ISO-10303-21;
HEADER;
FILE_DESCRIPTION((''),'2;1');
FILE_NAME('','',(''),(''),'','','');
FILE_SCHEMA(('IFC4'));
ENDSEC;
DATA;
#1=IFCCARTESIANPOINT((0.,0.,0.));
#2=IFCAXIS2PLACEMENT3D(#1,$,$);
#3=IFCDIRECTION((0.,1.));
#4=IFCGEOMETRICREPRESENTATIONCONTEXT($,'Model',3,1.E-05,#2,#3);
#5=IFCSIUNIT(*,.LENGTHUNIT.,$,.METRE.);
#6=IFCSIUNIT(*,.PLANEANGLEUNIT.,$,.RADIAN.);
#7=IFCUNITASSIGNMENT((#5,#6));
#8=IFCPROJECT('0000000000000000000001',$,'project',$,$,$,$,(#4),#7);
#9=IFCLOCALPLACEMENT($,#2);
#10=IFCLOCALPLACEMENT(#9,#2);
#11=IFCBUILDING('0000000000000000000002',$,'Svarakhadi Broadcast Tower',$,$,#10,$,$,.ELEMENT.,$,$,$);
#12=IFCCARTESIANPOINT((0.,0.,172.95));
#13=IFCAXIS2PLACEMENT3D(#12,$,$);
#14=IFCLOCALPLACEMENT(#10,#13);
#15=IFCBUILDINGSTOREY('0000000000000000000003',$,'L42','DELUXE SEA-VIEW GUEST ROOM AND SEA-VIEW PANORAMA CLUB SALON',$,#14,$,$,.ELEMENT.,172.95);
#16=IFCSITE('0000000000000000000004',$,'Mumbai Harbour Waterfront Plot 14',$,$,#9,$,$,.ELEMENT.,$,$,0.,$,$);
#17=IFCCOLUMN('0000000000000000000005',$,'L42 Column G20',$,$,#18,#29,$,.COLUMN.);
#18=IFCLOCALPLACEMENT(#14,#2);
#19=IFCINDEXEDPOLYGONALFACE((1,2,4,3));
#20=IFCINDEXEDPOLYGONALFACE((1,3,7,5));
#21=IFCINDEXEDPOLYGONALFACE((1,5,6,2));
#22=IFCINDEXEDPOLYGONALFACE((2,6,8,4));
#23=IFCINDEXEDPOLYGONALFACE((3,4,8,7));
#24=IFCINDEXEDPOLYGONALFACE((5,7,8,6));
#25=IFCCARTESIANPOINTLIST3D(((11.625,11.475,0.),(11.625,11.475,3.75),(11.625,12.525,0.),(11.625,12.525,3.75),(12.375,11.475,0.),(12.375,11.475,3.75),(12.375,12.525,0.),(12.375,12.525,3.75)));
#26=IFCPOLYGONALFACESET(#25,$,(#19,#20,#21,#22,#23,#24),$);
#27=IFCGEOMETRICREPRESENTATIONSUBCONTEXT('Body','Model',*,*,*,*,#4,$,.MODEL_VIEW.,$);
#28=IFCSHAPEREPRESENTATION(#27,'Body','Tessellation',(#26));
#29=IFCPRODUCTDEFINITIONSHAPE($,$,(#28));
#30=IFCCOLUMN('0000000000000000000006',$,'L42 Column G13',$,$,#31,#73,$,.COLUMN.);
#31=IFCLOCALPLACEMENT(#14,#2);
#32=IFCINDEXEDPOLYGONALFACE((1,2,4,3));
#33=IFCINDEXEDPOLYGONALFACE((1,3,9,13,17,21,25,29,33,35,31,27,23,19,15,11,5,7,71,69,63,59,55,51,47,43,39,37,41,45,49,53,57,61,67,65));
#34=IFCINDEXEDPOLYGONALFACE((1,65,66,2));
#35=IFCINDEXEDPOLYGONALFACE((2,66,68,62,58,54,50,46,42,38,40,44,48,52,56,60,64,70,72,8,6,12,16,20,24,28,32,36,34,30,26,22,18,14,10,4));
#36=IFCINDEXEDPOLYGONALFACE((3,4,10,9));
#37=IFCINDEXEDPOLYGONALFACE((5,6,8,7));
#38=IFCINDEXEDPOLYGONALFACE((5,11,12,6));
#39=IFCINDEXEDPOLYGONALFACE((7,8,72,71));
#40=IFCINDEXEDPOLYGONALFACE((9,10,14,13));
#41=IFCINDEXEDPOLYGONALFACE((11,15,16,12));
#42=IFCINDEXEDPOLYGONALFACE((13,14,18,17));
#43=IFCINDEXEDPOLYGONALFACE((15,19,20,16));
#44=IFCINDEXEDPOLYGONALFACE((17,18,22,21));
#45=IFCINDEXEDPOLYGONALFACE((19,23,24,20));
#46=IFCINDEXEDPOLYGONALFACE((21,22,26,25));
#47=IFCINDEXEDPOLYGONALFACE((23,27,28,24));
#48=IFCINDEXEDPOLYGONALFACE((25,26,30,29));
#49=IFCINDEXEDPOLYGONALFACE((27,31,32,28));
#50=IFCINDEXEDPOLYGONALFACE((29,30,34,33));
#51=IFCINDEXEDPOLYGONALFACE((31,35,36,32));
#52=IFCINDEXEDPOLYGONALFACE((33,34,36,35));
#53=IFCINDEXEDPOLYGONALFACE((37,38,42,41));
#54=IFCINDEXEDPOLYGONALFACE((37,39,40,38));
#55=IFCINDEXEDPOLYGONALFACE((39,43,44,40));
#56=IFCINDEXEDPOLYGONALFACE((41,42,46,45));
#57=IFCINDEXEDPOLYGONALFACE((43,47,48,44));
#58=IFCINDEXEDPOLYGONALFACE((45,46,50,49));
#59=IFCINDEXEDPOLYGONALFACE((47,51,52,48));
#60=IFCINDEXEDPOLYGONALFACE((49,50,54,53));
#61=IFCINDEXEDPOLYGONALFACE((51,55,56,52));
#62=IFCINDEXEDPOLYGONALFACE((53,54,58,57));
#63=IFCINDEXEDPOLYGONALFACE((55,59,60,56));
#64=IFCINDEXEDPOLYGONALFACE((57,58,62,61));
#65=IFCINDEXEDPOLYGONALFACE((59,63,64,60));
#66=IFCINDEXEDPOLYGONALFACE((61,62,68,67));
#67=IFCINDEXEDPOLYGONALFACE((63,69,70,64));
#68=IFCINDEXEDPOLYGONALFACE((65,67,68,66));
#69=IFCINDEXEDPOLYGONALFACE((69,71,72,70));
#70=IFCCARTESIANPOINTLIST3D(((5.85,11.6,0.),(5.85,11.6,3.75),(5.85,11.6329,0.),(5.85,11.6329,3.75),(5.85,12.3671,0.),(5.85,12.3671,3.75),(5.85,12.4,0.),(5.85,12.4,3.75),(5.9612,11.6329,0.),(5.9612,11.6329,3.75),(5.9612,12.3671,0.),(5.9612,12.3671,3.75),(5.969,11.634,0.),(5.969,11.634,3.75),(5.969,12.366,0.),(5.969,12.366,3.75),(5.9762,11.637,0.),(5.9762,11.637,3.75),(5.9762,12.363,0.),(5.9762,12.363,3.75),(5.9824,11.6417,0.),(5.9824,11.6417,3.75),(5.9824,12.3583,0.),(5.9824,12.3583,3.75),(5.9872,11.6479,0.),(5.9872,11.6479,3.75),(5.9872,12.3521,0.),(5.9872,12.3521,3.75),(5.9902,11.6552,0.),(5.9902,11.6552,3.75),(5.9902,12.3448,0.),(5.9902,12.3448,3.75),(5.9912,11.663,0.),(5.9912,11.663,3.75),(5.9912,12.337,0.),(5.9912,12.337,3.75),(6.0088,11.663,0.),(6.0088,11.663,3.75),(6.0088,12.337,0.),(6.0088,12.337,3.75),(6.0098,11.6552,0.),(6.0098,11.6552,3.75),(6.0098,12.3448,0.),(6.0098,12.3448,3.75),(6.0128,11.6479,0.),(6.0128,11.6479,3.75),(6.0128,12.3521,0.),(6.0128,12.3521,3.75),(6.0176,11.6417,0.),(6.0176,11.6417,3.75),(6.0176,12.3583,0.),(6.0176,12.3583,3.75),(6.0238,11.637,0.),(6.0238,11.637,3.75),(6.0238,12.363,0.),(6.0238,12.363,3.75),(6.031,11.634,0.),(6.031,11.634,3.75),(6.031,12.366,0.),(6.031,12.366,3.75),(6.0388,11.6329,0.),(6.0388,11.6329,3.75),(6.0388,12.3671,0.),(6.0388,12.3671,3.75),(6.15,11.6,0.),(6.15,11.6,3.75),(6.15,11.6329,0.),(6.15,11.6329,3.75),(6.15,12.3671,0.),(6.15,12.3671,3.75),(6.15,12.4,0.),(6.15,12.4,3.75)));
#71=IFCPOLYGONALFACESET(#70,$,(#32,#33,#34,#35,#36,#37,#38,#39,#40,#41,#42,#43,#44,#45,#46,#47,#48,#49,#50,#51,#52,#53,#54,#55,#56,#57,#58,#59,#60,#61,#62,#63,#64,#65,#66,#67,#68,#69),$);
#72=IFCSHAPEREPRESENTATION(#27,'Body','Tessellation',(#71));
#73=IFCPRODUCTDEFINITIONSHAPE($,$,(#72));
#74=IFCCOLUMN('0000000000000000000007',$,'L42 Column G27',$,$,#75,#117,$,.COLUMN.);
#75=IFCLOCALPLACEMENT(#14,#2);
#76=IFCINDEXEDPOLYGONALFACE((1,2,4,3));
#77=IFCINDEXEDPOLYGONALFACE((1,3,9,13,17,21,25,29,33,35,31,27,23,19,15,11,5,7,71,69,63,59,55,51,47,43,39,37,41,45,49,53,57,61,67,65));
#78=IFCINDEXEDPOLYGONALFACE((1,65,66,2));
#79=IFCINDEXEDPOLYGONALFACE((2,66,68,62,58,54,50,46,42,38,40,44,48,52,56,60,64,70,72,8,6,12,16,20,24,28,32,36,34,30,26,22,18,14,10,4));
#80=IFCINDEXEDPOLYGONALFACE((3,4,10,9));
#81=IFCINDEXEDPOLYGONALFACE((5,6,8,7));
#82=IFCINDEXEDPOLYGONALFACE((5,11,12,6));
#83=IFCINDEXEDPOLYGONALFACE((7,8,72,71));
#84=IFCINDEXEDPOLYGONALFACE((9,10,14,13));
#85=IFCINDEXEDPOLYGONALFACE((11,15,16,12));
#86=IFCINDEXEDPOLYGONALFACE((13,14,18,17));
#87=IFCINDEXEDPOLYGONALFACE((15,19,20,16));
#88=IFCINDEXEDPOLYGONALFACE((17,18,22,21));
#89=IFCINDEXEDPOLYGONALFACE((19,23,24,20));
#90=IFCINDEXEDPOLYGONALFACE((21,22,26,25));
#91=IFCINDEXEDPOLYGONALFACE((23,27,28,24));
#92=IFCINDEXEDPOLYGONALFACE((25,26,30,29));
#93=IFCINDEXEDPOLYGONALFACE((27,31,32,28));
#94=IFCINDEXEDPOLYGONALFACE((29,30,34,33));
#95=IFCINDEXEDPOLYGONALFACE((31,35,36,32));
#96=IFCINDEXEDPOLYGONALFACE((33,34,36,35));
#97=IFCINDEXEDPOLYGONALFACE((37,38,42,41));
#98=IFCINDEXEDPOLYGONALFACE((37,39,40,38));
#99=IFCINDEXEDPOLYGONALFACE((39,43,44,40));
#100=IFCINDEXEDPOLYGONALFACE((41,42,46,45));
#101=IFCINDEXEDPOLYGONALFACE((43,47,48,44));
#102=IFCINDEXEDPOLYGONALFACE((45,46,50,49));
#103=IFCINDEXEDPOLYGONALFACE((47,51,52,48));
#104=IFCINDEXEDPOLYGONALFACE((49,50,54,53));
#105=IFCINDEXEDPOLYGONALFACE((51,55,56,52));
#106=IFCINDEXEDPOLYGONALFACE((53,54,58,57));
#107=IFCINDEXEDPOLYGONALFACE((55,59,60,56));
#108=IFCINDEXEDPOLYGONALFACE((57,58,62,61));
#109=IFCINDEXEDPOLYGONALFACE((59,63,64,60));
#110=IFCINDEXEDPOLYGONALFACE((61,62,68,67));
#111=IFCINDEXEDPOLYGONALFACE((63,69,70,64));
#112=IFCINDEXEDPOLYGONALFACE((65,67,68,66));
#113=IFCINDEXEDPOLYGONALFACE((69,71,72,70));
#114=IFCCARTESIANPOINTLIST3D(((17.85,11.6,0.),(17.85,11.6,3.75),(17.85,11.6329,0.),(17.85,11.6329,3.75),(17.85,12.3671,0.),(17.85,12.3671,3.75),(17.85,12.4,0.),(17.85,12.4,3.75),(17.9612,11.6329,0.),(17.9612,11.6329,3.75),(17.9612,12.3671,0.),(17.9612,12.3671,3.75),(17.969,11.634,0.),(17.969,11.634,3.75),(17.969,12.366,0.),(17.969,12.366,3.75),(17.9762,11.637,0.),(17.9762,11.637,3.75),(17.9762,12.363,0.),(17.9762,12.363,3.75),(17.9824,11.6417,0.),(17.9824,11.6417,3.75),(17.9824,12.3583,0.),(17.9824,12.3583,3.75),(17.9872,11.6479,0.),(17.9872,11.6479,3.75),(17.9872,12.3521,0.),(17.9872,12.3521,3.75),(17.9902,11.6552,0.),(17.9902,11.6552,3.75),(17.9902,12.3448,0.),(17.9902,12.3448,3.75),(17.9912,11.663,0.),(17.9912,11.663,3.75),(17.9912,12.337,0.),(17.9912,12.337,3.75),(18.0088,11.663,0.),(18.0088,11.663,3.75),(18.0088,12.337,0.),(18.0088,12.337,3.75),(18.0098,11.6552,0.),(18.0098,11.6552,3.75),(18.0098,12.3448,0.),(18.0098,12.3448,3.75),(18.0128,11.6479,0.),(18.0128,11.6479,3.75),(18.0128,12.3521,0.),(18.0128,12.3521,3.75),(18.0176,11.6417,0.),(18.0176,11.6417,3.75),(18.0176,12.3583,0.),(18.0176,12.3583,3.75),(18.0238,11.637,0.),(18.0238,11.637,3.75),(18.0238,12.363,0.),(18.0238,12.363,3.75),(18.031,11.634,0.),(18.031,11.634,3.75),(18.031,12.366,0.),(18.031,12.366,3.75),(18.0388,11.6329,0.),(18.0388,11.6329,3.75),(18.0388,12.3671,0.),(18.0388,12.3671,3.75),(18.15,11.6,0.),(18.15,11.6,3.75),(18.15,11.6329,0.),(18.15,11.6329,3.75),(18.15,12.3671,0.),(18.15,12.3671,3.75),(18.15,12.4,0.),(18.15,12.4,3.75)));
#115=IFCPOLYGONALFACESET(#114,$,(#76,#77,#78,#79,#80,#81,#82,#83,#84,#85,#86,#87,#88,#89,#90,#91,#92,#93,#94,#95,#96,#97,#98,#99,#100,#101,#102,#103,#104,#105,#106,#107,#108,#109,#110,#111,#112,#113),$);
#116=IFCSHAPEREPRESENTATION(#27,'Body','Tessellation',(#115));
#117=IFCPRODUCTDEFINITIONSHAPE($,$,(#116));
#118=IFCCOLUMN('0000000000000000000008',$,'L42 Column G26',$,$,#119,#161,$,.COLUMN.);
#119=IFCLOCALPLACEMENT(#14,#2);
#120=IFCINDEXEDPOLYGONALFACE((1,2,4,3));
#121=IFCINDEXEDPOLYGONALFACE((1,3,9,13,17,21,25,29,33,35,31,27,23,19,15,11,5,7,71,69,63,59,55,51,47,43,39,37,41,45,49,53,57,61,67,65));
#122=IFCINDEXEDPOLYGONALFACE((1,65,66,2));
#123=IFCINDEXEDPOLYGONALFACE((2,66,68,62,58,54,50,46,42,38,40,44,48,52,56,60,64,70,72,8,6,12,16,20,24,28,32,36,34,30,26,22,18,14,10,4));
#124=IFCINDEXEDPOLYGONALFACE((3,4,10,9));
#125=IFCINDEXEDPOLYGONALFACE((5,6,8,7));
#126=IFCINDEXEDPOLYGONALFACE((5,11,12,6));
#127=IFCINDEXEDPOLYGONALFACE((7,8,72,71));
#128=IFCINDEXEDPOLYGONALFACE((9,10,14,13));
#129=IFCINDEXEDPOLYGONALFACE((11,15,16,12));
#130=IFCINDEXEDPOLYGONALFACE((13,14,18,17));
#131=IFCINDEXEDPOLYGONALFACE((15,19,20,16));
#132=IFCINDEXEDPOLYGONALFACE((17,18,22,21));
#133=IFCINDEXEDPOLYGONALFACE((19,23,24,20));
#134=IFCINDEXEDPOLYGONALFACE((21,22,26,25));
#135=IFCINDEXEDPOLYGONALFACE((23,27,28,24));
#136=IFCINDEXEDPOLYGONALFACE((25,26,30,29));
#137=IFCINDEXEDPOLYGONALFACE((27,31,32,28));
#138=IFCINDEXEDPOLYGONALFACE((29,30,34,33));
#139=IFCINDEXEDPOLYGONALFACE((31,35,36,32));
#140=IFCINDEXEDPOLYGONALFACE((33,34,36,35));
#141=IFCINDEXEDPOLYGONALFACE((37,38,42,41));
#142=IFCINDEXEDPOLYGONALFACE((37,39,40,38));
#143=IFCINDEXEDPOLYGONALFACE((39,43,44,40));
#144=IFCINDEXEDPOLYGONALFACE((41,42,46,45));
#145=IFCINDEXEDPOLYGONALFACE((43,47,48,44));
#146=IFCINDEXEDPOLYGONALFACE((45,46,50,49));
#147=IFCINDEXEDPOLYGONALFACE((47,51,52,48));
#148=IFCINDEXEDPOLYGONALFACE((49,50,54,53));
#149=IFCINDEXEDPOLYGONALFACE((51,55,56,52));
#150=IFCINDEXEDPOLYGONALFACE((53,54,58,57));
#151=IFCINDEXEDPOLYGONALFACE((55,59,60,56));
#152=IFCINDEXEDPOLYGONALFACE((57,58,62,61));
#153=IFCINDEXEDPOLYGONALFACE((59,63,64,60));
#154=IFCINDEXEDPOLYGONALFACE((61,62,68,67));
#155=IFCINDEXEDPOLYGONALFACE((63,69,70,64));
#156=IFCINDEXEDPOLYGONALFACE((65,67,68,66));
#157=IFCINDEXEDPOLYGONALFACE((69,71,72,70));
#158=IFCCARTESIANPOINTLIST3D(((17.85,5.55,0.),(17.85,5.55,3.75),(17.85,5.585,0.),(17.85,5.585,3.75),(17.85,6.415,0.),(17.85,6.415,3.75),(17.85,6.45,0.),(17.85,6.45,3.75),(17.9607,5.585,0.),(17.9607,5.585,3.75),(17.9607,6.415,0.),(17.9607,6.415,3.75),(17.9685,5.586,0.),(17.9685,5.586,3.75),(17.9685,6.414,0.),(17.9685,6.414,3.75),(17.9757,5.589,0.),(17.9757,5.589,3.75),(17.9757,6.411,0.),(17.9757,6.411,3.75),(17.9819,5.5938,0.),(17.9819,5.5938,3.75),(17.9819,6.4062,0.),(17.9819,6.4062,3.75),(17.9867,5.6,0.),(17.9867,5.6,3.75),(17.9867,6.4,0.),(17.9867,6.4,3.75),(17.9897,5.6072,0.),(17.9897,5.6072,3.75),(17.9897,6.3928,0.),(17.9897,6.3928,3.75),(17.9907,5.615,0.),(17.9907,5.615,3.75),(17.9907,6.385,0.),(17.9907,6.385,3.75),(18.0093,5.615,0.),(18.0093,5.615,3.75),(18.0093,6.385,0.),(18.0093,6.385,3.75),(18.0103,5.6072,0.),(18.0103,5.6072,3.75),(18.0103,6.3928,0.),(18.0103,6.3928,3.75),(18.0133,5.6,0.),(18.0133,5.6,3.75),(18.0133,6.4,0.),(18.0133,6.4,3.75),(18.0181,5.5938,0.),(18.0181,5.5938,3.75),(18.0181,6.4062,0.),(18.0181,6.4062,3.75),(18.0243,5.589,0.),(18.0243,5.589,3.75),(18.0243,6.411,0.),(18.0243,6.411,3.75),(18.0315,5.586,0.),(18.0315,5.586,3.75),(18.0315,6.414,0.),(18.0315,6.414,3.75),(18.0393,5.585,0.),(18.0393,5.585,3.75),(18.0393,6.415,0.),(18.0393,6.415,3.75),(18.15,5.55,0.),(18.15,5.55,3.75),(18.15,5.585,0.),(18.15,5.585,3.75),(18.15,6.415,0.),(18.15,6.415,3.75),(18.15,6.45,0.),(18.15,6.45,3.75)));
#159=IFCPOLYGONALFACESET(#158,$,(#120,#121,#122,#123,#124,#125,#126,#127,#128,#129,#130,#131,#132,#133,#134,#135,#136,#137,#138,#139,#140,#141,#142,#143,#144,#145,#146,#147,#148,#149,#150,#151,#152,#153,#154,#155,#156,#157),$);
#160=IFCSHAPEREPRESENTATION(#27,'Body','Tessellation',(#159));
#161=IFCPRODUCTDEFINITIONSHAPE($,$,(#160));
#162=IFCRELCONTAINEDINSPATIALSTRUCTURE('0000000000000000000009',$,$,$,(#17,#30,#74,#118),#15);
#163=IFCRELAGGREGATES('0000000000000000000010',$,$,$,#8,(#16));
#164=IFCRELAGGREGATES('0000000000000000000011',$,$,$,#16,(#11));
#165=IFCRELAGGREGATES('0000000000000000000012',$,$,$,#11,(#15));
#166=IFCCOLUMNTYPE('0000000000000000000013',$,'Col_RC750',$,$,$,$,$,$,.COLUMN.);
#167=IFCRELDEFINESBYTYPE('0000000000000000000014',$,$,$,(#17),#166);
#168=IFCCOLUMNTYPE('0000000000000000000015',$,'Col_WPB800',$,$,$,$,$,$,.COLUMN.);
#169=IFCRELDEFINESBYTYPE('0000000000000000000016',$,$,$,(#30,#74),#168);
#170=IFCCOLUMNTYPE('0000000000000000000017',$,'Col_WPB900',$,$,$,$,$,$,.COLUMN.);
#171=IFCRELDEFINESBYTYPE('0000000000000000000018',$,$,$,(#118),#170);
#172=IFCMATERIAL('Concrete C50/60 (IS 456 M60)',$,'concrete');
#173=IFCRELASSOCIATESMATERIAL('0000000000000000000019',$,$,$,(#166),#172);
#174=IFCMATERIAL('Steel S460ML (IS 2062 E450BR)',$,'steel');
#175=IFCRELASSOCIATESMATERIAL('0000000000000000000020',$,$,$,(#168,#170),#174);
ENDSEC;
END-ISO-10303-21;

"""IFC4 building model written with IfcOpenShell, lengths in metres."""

from ifc_helpers import new_model, si_unit, direction, frame, origin, origin_2d, place, context, subcontext, project, spatial, rectangle, i_section, extrude, material, material_profile, profile_set, type_object, element, save


model = new_model("IFC4")

# Units and contexts
model_context = context("Model", 3, precision=1e-05, world=origin(), true_north=direction((0.0, 1.0)))
body_context = subcontext(model_context, "Body", "Model", "MODEL_VIEW")
ifc_project = project(units=[si_unit("LENGTHUNIT", "METRE"), si_unit("PLANEANGLEUNIT", "RADIAN")], contexts=[model_context])

# Site, building, storey
site_placement = place(None, origin())
site = spatial("IfcSite", under=ifc_project, at=site_placement, Name="Mumbai Harbour Waterfront Plot 14", CompositionType="ELEMENT", RefElevation=0.0)
building_placement = place(site_placement, origin())
building = spatial("IfcBuilding", under=site, at=building_placement, Name="Svarakhadi Broadcast Tower", CompositionType="ELEMENT")
storey_placement = place(building_placement, frame((0.0, 0.0, 172.95)))
storey = spatial("IfcBuildingStorey", under=building, at=storey_placement, Name="L42", Description="DELUXE SEA-VIEW GUEST ROOM AND SEA-VIEW PANORAMA CLUB SALON", CompositionType="ELEMENT", Elevation=172.95)

# Columns
ifc_material_1 = material(Name="Concrete C50/60 (IS 456 M60)", Category="concrete")
ifc_material_profile_1 = material_profile(ifc_material_1, rectangle(XDim=0.75, YDim=1.05, at=origin_2d()), Name="RC 750x1050")
ifc_profile_set_1 = profile_set([ifc_material_profile_1], Name="Concrete C50/60 (IS 456 M60)")
column_type_1 = type_object("IfcColumnType", Name="Col_RC750", PredefinedType="COLUMN", material=ifc_profile_set_1)
column_1_placement = place(storey_placement, frame((12.0, 12.0, 0.0), z_axis=(0.0, 0.0, 1.0), x_axis=(1.0, 0.0, 0.0)))
element("IfcColumn", 1, at=column_1_placement, inside=storey, type_object=column_type_1, Name="L42 Column G20", PredefinedType="COLUMN", context=body_context, shape_type="SweptSolid", body=[
    extrude(rectangle(XDim=0.75, YDim=1.05, at=origin_2d()), origin(), (0.0, 0.0, 1.0), 3.75),
])
ifc_material_2 = material(Name="Steel S460ML (IS 2062 E450BR)", Category="steel")
ifc_material_profile_2 = material_profile(ifc_material_2, i_section(OverallWidth=0.3, OverallDepth=0.8, WebThickness=0.0176, FlangeThickness=0.033, FilletRadius=0.03, at=origin_2d()), Name="WPB 800x300x262")
ifc_profile_set_2 = profile_set([ifc_material_profile_2], Name="Steel S460ML (IS 2062 E450BR)")
column_type_2 = type_object("IfcColumnType", Name="Col_WPB800", PredefinedType="COLUMN", material=ifc_profile_set_2)
for number, where, z_axis, x_axis, name in (
    (2, (6.0, 12.0, 0.0), (0.0, 0.0, 1.0), (1.0, 0.0, 0.0), "L42 Column G13"),
    (3, (18.0, 12.0, 0.0), (0.0, 0.0, 1.0), (1.0, 0.0, 0.0), "L42 Column G27"),
):
    element("IfcColumn", number, at=place(storey_placement, frame(where, z_axis=z_axis, x_axis=x_axis)), inside=storey, type_object=column_type_2, Name=name, PredefinedType="COLUMN", context=body_context, shape_type="SweptSolid", body=[
        extrude(i_section(OverallWidth=0.3, OverallDepth=0.8, WebThickness=0.0176, FlangeThickness=0.033, FilletRadius=0.03, at=origin_2d()), origin(), (0.0, 0.0, 1.0), 3.75),
    ])
ifc_material_profile_3 = material_profile(ifc_material_2, i_section(OverallWidth=0.3, OverallDepth=0.8999, WebThickness=0.0186, FlangeThickness=0.0349, FilletRadius=0.03, at=origin_2d()), Name="WPB 900x300x291")
ifc_profile_set_3 = profile_set([ifc_material_profile_3], Name="Steel S460ML (IS 2062 E450BR)")
column_type_3 = type_object("IfcColumnType", Name="Col_WPB900", PredefinedType="COLUMN", material=ifc_profile_set_3)
column_2_placement = place(storey_placement, frame((18.0, 6.0, 0.0), z_axis=(0.0, 0.0, 1.0), x_axis=(1.0, 0.0, 0.0)))
element("IfcColumn", 4, at=column_2_placement, inside=storey, type_object=column_type_3, Name="L42 Column G26", PredefinedType="COLUMN", context=body_context, shape_type="SweptSolid", body=[
    extrude(i_section(OverallWidth=0.3, OverallDepth=0.8999, WebThickness=0.0186, FlangeThickness=0.0349, FilletRadius=0.03, at=origin_2d()), origin(), (0.0, 0.0, 1.0), 3.75),
])

save(model, "model.ifc")
